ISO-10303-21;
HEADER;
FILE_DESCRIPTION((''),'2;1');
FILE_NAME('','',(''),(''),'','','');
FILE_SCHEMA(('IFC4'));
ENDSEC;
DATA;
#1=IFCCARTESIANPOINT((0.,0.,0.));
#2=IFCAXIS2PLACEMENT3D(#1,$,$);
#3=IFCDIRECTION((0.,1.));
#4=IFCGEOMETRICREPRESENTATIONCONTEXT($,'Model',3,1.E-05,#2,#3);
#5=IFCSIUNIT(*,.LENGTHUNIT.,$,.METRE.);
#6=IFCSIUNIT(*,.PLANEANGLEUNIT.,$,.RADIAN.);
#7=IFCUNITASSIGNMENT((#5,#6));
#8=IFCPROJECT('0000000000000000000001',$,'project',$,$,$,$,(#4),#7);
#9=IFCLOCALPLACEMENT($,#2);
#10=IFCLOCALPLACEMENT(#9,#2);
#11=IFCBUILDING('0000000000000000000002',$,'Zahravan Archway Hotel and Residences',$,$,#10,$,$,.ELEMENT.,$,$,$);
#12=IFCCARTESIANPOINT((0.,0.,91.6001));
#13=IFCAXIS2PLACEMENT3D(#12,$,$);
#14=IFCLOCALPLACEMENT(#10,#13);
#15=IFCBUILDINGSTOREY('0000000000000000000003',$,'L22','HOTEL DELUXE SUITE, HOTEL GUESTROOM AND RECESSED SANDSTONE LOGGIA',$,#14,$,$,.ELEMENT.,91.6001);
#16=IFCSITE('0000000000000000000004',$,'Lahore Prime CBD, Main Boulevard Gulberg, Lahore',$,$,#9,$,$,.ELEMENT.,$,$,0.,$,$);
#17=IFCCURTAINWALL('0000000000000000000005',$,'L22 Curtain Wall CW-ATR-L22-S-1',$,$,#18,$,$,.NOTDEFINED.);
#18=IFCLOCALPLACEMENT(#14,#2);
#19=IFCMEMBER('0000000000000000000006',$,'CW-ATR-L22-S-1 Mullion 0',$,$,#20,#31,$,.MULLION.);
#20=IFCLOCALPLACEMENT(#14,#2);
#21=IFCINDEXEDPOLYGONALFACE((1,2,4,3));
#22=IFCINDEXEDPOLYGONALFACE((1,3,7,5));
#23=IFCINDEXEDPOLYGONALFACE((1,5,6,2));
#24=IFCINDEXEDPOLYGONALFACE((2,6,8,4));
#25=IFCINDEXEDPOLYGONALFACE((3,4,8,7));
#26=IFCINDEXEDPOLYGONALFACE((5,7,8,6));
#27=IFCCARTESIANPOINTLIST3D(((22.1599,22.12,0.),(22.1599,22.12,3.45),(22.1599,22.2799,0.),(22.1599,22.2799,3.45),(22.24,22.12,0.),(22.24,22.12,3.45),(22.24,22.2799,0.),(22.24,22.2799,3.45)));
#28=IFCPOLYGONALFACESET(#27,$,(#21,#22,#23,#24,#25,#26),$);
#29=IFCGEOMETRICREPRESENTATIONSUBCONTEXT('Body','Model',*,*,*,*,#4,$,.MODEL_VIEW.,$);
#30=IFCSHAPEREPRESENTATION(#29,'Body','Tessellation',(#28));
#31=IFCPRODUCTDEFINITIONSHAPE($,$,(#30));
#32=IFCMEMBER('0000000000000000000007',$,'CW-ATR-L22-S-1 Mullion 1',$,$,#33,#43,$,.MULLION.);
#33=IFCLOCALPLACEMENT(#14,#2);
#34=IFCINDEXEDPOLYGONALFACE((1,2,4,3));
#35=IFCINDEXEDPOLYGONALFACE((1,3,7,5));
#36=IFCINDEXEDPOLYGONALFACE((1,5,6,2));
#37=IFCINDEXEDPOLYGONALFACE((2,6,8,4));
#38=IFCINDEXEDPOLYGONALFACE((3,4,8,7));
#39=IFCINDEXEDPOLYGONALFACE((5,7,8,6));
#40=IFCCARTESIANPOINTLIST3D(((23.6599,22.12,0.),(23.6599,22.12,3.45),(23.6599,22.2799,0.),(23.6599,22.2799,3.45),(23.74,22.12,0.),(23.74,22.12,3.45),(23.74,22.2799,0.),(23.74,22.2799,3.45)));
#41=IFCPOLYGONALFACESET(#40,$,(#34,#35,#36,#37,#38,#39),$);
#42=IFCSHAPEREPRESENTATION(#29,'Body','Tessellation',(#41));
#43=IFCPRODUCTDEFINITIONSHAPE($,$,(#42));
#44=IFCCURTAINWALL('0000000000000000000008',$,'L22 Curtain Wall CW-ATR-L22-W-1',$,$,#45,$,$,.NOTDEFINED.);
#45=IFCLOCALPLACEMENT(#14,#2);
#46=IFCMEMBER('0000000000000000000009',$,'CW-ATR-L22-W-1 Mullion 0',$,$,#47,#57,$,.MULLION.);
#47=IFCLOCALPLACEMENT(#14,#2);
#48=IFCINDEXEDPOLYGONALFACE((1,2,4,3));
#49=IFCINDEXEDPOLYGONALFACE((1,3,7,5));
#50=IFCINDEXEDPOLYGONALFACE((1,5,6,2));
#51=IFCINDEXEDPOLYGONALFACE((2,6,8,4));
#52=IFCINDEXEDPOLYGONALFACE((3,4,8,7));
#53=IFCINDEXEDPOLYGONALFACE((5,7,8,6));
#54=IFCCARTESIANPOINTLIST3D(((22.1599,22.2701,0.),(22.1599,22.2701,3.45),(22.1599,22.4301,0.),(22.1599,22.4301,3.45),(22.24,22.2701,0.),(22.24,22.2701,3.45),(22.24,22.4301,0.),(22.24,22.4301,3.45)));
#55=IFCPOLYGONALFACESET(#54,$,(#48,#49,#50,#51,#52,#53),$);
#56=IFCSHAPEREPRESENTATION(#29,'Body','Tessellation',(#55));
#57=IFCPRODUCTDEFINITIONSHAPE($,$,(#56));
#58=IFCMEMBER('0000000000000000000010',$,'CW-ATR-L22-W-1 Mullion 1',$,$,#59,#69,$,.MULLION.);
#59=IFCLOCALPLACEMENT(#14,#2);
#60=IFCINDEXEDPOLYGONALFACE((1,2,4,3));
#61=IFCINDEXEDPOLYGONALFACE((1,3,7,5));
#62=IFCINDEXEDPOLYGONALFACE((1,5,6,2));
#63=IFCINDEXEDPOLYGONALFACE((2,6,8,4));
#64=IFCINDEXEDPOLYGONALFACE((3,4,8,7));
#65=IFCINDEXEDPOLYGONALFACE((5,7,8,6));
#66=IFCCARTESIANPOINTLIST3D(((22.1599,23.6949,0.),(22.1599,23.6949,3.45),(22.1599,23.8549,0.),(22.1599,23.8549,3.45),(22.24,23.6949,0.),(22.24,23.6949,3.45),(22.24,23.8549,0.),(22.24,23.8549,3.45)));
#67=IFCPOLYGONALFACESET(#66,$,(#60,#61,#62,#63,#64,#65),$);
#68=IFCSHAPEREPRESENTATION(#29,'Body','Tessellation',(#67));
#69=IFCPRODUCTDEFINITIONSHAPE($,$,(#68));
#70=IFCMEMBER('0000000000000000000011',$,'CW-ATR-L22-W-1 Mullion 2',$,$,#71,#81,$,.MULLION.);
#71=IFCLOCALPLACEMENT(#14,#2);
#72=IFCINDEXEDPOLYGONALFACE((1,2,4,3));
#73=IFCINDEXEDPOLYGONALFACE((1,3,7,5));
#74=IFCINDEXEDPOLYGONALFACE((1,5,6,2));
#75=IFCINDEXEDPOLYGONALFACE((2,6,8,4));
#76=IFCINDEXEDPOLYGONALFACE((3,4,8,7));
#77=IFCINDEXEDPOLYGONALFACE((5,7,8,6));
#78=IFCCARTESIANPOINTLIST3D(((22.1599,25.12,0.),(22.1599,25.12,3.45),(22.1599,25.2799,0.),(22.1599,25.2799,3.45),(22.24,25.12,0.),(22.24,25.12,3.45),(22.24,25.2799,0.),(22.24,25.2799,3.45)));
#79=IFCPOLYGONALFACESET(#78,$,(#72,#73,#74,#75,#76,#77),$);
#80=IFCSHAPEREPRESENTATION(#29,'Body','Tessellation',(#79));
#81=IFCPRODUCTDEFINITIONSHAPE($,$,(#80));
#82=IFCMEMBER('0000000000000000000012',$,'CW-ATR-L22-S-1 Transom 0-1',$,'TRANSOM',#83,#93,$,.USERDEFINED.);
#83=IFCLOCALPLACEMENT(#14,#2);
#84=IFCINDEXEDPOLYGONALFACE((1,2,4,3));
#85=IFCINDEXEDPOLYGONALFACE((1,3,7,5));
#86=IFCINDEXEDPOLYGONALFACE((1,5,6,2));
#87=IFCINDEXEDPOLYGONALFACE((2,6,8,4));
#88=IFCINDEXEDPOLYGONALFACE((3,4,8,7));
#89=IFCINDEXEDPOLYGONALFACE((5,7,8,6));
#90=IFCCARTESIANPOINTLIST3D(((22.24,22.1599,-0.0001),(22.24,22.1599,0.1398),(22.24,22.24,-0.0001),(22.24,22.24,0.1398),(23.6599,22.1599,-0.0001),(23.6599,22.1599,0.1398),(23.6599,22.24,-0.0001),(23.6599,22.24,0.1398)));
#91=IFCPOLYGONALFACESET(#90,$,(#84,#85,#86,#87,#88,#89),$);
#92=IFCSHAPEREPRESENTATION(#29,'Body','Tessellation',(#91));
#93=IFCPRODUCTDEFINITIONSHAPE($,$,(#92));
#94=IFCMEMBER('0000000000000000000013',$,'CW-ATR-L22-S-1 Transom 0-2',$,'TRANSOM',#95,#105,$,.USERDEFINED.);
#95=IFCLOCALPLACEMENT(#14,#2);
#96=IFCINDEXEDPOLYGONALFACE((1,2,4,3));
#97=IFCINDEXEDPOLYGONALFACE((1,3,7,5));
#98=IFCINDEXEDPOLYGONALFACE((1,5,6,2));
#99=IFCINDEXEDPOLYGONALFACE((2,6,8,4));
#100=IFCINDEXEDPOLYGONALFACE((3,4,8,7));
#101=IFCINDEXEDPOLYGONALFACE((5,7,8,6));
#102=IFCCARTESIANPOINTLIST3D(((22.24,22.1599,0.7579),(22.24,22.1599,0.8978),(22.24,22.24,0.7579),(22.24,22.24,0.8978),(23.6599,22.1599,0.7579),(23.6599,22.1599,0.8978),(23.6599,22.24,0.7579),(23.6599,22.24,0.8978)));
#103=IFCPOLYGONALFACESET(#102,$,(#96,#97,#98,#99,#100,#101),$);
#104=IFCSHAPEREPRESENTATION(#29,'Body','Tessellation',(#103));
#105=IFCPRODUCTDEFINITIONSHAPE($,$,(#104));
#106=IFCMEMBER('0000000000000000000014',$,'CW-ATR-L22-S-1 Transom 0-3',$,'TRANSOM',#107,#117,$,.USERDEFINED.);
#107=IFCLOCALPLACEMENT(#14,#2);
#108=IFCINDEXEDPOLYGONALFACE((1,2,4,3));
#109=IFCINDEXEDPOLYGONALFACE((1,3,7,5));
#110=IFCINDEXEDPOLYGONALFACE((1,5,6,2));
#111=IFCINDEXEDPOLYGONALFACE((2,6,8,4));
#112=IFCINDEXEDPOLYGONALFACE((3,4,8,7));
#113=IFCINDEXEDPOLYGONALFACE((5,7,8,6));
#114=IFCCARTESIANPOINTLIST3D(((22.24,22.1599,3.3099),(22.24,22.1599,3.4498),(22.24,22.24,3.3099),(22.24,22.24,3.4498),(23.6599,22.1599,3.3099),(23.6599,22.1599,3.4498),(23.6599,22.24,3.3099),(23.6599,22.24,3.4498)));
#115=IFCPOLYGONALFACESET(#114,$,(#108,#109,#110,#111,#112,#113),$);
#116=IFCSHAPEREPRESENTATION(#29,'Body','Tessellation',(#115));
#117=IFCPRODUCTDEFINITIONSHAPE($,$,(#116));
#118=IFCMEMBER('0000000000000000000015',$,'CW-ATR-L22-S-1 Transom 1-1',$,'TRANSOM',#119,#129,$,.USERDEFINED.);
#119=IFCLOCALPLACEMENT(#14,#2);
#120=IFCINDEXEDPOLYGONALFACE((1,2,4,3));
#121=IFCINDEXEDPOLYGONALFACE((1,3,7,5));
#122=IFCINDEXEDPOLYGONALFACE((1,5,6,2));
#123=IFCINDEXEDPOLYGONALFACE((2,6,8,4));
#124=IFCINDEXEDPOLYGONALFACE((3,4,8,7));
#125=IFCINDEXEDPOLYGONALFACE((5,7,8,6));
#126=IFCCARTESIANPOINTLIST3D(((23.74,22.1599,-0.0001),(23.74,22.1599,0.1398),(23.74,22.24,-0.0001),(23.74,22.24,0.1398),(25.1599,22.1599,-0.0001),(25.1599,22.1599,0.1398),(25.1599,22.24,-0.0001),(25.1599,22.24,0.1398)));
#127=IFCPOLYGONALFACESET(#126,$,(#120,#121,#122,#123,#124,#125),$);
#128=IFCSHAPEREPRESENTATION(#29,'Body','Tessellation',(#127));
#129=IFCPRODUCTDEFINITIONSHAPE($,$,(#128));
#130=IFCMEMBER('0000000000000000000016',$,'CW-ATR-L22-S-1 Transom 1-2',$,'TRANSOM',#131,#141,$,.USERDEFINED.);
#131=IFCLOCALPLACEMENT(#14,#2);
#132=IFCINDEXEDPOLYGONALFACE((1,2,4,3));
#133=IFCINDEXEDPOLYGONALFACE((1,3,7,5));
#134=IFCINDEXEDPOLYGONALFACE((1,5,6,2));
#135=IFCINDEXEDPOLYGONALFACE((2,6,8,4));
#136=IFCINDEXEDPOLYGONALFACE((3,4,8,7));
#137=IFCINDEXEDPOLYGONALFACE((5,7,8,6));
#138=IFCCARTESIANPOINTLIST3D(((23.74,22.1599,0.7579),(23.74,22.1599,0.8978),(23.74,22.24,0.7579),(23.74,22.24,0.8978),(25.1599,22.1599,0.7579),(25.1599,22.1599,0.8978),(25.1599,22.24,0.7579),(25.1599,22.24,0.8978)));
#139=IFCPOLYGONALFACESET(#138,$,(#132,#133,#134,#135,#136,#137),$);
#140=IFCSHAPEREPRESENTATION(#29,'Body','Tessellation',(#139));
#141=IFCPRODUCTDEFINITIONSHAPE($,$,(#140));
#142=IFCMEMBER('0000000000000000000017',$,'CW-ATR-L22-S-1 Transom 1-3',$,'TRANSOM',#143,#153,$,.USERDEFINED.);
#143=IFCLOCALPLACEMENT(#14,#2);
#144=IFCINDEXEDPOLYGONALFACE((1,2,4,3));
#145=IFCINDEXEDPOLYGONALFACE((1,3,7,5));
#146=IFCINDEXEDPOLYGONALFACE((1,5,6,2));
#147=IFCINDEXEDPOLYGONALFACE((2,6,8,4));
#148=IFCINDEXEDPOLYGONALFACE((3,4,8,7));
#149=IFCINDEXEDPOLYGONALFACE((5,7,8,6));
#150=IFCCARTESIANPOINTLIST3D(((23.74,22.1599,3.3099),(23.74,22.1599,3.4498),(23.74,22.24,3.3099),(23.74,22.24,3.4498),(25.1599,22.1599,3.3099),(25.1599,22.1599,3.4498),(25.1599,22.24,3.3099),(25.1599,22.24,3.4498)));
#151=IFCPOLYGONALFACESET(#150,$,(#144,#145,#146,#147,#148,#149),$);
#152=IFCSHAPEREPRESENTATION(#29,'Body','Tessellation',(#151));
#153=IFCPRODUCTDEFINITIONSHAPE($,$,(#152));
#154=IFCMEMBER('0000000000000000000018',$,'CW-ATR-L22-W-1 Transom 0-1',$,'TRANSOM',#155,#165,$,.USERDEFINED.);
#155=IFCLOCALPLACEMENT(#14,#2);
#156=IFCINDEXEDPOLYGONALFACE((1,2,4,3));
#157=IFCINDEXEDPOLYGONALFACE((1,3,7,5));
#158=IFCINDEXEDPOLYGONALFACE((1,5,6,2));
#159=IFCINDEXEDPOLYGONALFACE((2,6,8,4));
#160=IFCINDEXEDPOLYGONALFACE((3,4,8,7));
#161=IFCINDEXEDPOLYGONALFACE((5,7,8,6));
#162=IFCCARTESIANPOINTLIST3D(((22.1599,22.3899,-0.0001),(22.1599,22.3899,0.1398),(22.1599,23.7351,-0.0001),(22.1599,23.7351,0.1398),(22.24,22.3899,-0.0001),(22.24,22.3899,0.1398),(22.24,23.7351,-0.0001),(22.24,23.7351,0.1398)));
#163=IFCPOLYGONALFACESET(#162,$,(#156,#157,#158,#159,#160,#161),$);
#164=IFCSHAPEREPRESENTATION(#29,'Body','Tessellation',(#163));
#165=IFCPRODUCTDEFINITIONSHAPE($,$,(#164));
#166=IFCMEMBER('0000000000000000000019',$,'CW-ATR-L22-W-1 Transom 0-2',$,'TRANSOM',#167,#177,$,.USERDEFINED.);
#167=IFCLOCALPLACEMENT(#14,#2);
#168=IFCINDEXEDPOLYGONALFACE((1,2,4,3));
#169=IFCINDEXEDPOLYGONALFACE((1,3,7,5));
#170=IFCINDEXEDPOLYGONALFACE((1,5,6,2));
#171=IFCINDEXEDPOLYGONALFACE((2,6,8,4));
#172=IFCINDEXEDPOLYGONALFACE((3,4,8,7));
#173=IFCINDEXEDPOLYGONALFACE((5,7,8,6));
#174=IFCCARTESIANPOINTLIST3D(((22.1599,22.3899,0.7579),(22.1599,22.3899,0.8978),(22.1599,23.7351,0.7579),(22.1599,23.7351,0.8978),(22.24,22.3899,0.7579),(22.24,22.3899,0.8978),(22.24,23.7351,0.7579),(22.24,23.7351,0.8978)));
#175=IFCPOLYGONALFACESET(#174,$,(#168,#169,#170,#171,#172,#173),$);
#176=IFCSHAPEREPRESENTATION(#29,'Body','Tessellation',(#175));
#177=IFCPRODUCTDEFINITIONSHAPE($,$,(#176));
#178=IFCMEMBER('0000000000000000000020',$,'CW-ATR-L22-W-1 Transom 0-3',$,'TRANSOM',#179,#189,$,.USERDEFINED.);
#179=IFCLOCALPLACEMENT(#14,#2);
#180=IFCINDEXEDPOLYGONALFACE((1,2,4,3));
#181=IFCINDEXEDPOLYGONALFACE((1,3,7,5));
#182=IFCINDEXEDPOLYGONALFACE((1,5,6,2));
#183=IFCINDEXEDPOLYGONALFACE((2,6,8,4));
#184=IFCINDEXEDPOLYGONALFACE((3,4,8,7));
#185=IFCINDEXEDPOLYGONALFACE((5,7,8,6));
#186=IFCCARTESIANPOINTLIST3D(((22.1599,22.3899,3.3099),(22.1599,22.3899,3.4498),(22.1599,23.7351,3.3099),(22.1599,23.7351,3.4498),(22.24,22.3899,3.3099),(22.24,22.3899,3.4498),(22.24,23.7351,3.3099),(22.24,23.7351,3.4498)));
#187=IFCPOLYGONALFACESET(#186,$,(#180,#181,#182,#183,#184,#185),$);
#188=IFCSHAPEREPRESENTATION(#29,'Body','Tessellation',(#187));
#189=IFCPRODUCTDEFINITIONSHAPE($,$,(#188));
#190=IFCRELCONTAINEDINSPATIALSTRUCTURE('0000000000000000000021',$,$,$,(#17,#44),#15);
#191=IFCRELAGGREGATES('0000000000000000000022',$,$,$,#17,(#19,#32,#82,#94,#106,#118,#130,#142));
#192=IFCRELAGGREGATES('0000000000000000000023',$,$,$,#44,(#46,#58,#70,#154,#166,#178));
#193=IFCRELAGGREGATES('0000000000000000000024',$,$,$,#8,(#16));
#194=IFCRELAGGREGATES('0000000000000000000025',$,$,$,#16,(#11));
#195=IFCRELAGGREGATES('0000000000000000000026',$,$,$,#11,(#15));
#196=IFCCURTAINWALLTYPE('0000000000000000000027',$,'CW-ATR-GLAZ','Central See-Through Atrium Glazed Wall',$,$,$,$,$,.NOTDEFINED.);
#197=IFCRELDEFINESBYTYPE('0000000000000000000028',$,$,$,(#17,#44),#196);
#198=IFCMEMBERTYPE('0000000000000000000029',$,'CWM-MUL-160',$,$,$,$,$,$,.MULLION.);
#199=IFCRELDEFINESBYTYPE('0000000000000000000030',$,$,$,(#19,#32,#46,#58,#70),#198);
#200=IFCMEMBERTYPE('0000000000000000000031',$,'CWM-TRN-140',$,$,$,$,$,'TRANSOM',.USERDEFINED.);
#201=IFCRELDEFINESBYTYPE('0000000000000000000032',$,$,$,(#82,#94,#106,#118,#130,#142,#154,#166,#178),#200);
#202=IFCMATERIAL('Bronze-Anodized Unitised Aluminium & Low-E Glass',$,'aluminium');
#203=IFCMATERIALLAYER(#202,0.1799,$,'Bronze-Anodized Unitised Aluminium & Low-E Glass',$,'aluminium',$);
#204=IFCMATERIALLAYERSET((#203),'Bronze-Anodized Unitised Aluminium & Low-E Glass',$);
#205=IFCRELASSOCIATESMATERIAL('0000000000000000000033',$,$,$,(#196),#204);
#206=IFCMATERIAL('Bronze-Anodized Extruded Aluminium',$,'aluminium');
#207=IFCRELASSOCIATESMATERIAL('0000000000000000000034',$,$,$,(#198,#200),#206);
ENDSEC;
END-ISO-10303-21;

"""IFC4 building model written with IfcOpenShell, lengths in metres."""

from ifc_helpers import new_model, si_unit, direction, frame, origin, origin_2d, place, context, subcontext, project, spatial, rectangle, extrude, source, transform, mapped, material, layer, layer_set, material_profile, profile_set, type_object, element, aggregate, save


model = new_model("IFC4")

# Units and contexts
model_context = context("Model", 3, precision=1e-05, world=origin(), true_north=direction((0.0, 1.0)))
body_context = subcontext(model_context, "Body", "Model", "MODEL_VIEW")
ifc_project = project(units=[si_unit("LENGTHUNIT", "METRE"), si_unit("PLANEANGLEUNIT", "RADIAN")], contexts=[model_context])

# Site, building, storey
site_placement = place(None, origin())
site = spatial("IfcSite", under=ifc_project, at=site_placement, Name="Lahore Prime CBD, Main Boulevard Gulberg, Lahore", CompositionType="ELEMENT", RefElevation=0.0)
building_placement = place(site_placement, origin())
building = spatial("IfcBuilding", under=site, at=building_placement, Name="Zahravan Archway Hotel and Residences", CompositionType="ELEMENT")
storey_placement = place(building_placement, frame((0.0, 0.0, 91.6001)))
storey = spatial("IfcBuildingStorey", under=building, at=storey_placement, Name="L22", Description="HOTEL DELUXE SUITE, HOTEL GUESTROOM AND RECESSED SANDSTONE LOGGIA", CompositionType="ELEMENT", Elevation=91.6001)

# Curtain walls, members
ifc_material_1 = material(Name="Bronze-Anodized Unitised Aluminium & Low-E Glass", Category="aluminium")
ifc_layer_1 = layer(ifc_material_1, 0.1799, Name="Bronze-Anodized Unitised Aluminium & Low-E Glass", Category="aluminium")
ifc_layer_set_1 = layer_set([ifc_layer_1], Name="Bronze-Anodized Unitised Aluminium & Low-E Glass")
curtain_wall_type = type_object("IfcCurtainWallType", Name="CW-ATR-GLAZ", Description="Central See-Through Atrium Glazed Wall", PredefinedType="NOTDEFINED", material=ifc_layer_set_1)
curtain_wall_1_placement = place(storey_placement, origin())
curtain_wall_1 = element("IfcCurtainWall", 1, at=curtain_wall_1_placement, inside=storey, type_object=curtain_wall_type, Name="L22 Curtain Wall CW-ATR-L22-S-1", PredefinedType="NOTDEFINED")
ifc_material_2 = material(Name="Bronze-Anodized Extruded Aluminium", Category="aluminium")
ifc_material_profile_1 = material_profile(ifc_material_2, rectangle(XDim=0.0801, YDim=0.1599, at=origin_2d()), Name="MUL 80x160", Category="aluminium")
ifc_profile_set_1 = profile_set([ifc_material_profile_1], Name="Bronze-Anodized Extruded Aluminium")
member_type_1 = type_object("IfcMemberType", Name="CWM-MUL-160", PredefinedType="MULLION", material=ifc_profile_set_1)
shared_shape_1 = source(origin(), body_context, "Body", "SweptSolid", [
    extrude(rectangle(XDim=0.0801, YDim=0.1599, at=origin_2d()), origin(), (0.0, 0.0, 1.0), 3.45),
])
member_1_placement = place(storey_placement, frame((22.2, 22.2, 0.0), z_axis=(0.0, 0.0, 1.0), x_axis=(1.0, 0.0, 0.0)))
member_1 = element("IfcMember", 2, at=member_1_placement, type_object=member_type_1, Name="CW-ATR-L22-S-1 Mullion 0", PredefinedType="MULLION", context=body_context, shape_type="MappedRepresentation", body=[
    mapped(shared_shape_1, transform((0.0, 0.0, 0.0), scale=1.0)),
])
member_2_placement = place(storey_placement, frame((23.7, 22.2, 0.0), z_axis=(0.0, 0.0, 1.0), x_axis=(1.0, 0.0, 0.0)))
member_2 = element("IfcMember", 3, at=member_2_placement, type_object=member_type_1, Name="CW-ATR-L22-S-1 Mullion 1", PredefinedType="MULLION", context=body_context, shape_type="MappedRepresentation", body=[
    mapped(shared_shape_1, transform((0.0, 0.0, 0.0), scale=1.0)),
])
curtain_wall_2_placement = place(storey_placement, origin())
curtain_wall_2 = element("IfcCurtainWall", 4, at=curtain_wall_2_placement, inside=storey, type_object=curtain_wall_type, Name="L22 Curtain Wall CW-ATR-L22-W-1", PredefinedType="NOTDEFINED")
member_3_placement = place(storey_placement, frame((22.2, 22.3501, 0.0), z_axis=(0.0, 0.0, 1.0), x_axis=(1.0, 0.0, 0.0)))
member_3 = element("IfcMember", 5, at=member_3_placement, type_object=member_type_1, Name="CW-ATR-L22-W-1 Mullion 0", PredefinedType="MULLION", context=body_context, shape_type="MappedRepresentation", body=[
    mapped(shared_shape_1, transform((0.0, 0.0, 0.0), scale=1.0)),
])
member_4_placement = place(storey_placement, frame((22.2, 23.7749, 0.0), z_axis=(0.0, 0.0, 1.0), x_axis=(1.0, 0.0, 0.0)))
member_4 = element("IfcMember", 6, at=member_4_placement, type_object=member_type_1, Name="CW-ATR-L22-W-1 Mullion 1", PredefinedType="MULLION", context=body_context, shape_type="MappedRepresentation", body=[
    mapped(shared_shape_1, transform((0.0, 0.0, 0.0), scale=1.0)),
])
member_5_placement = place(storey_placement, frame((22.2, 25.2, 0.0), z_axis=(0.0, 0.0, 1.0), x_axis=(1.0, 0.0, 0.0)))
member_5 = element("IfcMember", 7, at=member_5_placement, type_object=member_type_1, Name="CW-ATR-L22-W-1 Mullion 2", PredefinedType="MULLION", context=body_context, shape_type="MappedRepresentation", body=[
    mapped(shared_shape_1, transform((0.0, 0.0, 0.0), scale=1.0)),
])

# Members
ifc_material_profile_2 = material_profile(ifc_material_2, rectangle(XDim=0.0801, YDim=0.1399, at=origin_2d()), Name="TRN 80x140", Category="aluminium")
ifc_profile_set_2 = profile_set([ifc_material_profile_2], Name="Bronze-Anodized Extruded Aluminium")
member_type_2 = type_object("IfcMemberType", Name="CWM-TRN-140", ElementType="TRANSOM", PredefinedType="USERDEFINED", material=ifc_profile_set_2)
shared_shape_2 = source(origin(), body_context, "Body", "SweptSolid", [
    extrude(rectangle(XDim=0.0801, YDim=0.1399, at=origin_2d()), origin(), (0.0, 0.0, 1.0), 1.4199),
])
member_6_placement = place(storey_placement, frame((22.24, 22.2, 0.0698), z_axis=(1.0, 0.0, 0.0), x_axis=(0.0, 1.0, 0.0)))
member_6 = element("IfcMember", 8, at=member_6_placement, type_object=member_type_2, Name="CW-ATR-L22-S-1 Transom 0-1", ObjectType="TRANSOM", PredefinedType="USERDEFINED", context=body_context, shape_type="MappedRepresentation", body=[
    mapped(shared_shape_2, transform((0.0, 0.0, 0.0), scale=1.0)),
])
member_7_placement = place(storey_placement, frame((22.24, 22.2, 0.8279), z_axis=(1.0, 0.0, 0.0), x_axis=(0.0, 1.0, 0.0)))
member_7 = element("IfcMember", 9, at=member_7_placement, type_object=member_type_2, Name="CW-ATR-L22-S-1 Transom 0-2", ObjectType="TRANSOM", PredefinedType="USERDEFINED", context=body_context, shape_type="MappedRepresentation", body=[
    mapped(shared_shape_2, transform((0.0, 0.0, 0.0), scale=1.0)),
])
member_8_placement = place(storey_placement, frame((22.24, 22.2, 3.3799), z_axis=(1.0, 0.0, 0.0), x_axis=(0.0, 1.0, 0.0)))
member_8 = element("IfcMember", 10, at=member_8_placement, type_object=member_type_2, Name="CW-ATR-L22-S-1 Transom 0-3", ObjectType="TRANSOM", PredefinedType="USERDEFINED", context=body_context, shape_type="MappedRepresentation", body=[
    mapped(shared_shape_2, transform((0.0, 0.0, 0.0), scale=1.0)),
])
member_9_placement = place(storey_placement, frame((23.74, 22.2, 0.0698), z_axis=(1.0, 0.0, 0.0), x_axis=(0.0, 1.0, 0.0)))
member_9 = element("IfcMember", 11, at=member_9_placement, type_object=member_type_2, Name="CW-ATR-L22-S-1 Transom 1-1", ObjectType="TRANSOM", PredefinedType="USERDEFINED", context=body_context, shape_type="MappedRepresentation", body=[
    mapped(shared_shape_2, transform((0.0, 0.0, 0.0), scale=1.0)),
])
member_10_placement = place(storey_placement, frame((23.74, 22.2, 0.8279), z_axis=(1.0, 0.0, 0.0), x_axis=(0.0, 1.0, 0.0)))
member_10 = element("IfcMember", 12, at=member_10_placement, type_object=member_type_2, Name="CW-ATR-L22-S-1 Transom 1-2", ObjectType="TRANSOM", PredefinedType="USERDEFINED", context=body_context, shape_type="MappedRepresentation", body=[
    mapped(shared_shape_2, transform((0.0, 0.0, 0.0), scale=1.0)),
])
member_11_placement = place(storey_placement, frame((23.74, 22.2, 3.3799), z_axis=(1.0, 0.0, 0.0), x_axis=(0.0, 1.0, 0.0)))
member_11 = element("IfcMember", 13, at=member_11_placement, type_object=member_type_2, Name="CW-ATR-L22-S-1 Transom 1-3", ObjectType="TRANSOM", PredefinedType="USERDEFINED", context=body_context, shape_type="MappedRepresentation", body=[
    mapped(shared_shape_2, transform((0.0, 0.0, 0.0), scale=1.0)),
])
shared_shape_3 = source(origin(), body_context, "Body", "SweptSolid", [
    extrude(rectangle(XDim=0.0801, YDim=0.1399, at=origin_2d()), origin(), (0.0, 0.0, 1.0), 1.3452),
])
member_12_placement = place(storey_placement, frame((22.2, 22.3899, 0.0698), z_axis=(0.0, 1.0, 0.0), x_axis=(-1.0, 0.0, 0.0)))
member_12 = element("IfcMember", 14, at=member_12_placement, type_object=member_type_2, Name="CW-ATR-L22-W-1 Transom 0-1", ObjectType="TRANSOM", PredefinedType="USERDEFINED", context=body_context, shape_type="MappedRepresentation", body=[
    mapped(shared_shape_3, transform((0.0, 0.0, 0.0), scale=1.0)),
])
member_13_placement = place(storey_placement, frame((22.2, 22.3899, 0.8279), z_axis=(0.0, 1.0, 0.0), x_axis=(-1.0, 0.0, 0.0)))
member_13 = element("IfcMember", 15, at=member_13_placement, type_object=member_type_2, Name="CW-ATR-L22-W-1 Transom 0-2", ObjectType="TRANSOM", PredefinedType="USERDEFINED", context=body_context, shape_type="MappedRepresentation", body=[
    mapped(shared_shape_3, transform((0.0, 0.0, 0.0), scale=1.0)),
])
member_14_placement = place(storey_placement, frame((22.2, 22.3899, 3.3799), z_axis=(0.0, 1.0, 0.0), x_axis=(-1.0, 0.0, 0.0)))
member_14 = element("IfcMember", 16, at=member_14_placement, type_object=member_type_2, Name="CW-ATR-L22-W-1 Transom 0-3", ObjectType="TRANSOM", PredefinedType="USERDEFINED", context=body_context, shape_type="MappedRepresentation", body=[
    mapped(shared_shape_3, transform((0.0, 0.0, 0.0), scale=1.0)),
])

aggregate(curtain_wall_1, [member_1, member_2, member_6, member_7, member_8, member_9, member_10, member_11])
aggregate(curtain_wall_2, [member_3, member_4, member_5, member_12, member_13, member_14])

save(model, "model.ifc")
